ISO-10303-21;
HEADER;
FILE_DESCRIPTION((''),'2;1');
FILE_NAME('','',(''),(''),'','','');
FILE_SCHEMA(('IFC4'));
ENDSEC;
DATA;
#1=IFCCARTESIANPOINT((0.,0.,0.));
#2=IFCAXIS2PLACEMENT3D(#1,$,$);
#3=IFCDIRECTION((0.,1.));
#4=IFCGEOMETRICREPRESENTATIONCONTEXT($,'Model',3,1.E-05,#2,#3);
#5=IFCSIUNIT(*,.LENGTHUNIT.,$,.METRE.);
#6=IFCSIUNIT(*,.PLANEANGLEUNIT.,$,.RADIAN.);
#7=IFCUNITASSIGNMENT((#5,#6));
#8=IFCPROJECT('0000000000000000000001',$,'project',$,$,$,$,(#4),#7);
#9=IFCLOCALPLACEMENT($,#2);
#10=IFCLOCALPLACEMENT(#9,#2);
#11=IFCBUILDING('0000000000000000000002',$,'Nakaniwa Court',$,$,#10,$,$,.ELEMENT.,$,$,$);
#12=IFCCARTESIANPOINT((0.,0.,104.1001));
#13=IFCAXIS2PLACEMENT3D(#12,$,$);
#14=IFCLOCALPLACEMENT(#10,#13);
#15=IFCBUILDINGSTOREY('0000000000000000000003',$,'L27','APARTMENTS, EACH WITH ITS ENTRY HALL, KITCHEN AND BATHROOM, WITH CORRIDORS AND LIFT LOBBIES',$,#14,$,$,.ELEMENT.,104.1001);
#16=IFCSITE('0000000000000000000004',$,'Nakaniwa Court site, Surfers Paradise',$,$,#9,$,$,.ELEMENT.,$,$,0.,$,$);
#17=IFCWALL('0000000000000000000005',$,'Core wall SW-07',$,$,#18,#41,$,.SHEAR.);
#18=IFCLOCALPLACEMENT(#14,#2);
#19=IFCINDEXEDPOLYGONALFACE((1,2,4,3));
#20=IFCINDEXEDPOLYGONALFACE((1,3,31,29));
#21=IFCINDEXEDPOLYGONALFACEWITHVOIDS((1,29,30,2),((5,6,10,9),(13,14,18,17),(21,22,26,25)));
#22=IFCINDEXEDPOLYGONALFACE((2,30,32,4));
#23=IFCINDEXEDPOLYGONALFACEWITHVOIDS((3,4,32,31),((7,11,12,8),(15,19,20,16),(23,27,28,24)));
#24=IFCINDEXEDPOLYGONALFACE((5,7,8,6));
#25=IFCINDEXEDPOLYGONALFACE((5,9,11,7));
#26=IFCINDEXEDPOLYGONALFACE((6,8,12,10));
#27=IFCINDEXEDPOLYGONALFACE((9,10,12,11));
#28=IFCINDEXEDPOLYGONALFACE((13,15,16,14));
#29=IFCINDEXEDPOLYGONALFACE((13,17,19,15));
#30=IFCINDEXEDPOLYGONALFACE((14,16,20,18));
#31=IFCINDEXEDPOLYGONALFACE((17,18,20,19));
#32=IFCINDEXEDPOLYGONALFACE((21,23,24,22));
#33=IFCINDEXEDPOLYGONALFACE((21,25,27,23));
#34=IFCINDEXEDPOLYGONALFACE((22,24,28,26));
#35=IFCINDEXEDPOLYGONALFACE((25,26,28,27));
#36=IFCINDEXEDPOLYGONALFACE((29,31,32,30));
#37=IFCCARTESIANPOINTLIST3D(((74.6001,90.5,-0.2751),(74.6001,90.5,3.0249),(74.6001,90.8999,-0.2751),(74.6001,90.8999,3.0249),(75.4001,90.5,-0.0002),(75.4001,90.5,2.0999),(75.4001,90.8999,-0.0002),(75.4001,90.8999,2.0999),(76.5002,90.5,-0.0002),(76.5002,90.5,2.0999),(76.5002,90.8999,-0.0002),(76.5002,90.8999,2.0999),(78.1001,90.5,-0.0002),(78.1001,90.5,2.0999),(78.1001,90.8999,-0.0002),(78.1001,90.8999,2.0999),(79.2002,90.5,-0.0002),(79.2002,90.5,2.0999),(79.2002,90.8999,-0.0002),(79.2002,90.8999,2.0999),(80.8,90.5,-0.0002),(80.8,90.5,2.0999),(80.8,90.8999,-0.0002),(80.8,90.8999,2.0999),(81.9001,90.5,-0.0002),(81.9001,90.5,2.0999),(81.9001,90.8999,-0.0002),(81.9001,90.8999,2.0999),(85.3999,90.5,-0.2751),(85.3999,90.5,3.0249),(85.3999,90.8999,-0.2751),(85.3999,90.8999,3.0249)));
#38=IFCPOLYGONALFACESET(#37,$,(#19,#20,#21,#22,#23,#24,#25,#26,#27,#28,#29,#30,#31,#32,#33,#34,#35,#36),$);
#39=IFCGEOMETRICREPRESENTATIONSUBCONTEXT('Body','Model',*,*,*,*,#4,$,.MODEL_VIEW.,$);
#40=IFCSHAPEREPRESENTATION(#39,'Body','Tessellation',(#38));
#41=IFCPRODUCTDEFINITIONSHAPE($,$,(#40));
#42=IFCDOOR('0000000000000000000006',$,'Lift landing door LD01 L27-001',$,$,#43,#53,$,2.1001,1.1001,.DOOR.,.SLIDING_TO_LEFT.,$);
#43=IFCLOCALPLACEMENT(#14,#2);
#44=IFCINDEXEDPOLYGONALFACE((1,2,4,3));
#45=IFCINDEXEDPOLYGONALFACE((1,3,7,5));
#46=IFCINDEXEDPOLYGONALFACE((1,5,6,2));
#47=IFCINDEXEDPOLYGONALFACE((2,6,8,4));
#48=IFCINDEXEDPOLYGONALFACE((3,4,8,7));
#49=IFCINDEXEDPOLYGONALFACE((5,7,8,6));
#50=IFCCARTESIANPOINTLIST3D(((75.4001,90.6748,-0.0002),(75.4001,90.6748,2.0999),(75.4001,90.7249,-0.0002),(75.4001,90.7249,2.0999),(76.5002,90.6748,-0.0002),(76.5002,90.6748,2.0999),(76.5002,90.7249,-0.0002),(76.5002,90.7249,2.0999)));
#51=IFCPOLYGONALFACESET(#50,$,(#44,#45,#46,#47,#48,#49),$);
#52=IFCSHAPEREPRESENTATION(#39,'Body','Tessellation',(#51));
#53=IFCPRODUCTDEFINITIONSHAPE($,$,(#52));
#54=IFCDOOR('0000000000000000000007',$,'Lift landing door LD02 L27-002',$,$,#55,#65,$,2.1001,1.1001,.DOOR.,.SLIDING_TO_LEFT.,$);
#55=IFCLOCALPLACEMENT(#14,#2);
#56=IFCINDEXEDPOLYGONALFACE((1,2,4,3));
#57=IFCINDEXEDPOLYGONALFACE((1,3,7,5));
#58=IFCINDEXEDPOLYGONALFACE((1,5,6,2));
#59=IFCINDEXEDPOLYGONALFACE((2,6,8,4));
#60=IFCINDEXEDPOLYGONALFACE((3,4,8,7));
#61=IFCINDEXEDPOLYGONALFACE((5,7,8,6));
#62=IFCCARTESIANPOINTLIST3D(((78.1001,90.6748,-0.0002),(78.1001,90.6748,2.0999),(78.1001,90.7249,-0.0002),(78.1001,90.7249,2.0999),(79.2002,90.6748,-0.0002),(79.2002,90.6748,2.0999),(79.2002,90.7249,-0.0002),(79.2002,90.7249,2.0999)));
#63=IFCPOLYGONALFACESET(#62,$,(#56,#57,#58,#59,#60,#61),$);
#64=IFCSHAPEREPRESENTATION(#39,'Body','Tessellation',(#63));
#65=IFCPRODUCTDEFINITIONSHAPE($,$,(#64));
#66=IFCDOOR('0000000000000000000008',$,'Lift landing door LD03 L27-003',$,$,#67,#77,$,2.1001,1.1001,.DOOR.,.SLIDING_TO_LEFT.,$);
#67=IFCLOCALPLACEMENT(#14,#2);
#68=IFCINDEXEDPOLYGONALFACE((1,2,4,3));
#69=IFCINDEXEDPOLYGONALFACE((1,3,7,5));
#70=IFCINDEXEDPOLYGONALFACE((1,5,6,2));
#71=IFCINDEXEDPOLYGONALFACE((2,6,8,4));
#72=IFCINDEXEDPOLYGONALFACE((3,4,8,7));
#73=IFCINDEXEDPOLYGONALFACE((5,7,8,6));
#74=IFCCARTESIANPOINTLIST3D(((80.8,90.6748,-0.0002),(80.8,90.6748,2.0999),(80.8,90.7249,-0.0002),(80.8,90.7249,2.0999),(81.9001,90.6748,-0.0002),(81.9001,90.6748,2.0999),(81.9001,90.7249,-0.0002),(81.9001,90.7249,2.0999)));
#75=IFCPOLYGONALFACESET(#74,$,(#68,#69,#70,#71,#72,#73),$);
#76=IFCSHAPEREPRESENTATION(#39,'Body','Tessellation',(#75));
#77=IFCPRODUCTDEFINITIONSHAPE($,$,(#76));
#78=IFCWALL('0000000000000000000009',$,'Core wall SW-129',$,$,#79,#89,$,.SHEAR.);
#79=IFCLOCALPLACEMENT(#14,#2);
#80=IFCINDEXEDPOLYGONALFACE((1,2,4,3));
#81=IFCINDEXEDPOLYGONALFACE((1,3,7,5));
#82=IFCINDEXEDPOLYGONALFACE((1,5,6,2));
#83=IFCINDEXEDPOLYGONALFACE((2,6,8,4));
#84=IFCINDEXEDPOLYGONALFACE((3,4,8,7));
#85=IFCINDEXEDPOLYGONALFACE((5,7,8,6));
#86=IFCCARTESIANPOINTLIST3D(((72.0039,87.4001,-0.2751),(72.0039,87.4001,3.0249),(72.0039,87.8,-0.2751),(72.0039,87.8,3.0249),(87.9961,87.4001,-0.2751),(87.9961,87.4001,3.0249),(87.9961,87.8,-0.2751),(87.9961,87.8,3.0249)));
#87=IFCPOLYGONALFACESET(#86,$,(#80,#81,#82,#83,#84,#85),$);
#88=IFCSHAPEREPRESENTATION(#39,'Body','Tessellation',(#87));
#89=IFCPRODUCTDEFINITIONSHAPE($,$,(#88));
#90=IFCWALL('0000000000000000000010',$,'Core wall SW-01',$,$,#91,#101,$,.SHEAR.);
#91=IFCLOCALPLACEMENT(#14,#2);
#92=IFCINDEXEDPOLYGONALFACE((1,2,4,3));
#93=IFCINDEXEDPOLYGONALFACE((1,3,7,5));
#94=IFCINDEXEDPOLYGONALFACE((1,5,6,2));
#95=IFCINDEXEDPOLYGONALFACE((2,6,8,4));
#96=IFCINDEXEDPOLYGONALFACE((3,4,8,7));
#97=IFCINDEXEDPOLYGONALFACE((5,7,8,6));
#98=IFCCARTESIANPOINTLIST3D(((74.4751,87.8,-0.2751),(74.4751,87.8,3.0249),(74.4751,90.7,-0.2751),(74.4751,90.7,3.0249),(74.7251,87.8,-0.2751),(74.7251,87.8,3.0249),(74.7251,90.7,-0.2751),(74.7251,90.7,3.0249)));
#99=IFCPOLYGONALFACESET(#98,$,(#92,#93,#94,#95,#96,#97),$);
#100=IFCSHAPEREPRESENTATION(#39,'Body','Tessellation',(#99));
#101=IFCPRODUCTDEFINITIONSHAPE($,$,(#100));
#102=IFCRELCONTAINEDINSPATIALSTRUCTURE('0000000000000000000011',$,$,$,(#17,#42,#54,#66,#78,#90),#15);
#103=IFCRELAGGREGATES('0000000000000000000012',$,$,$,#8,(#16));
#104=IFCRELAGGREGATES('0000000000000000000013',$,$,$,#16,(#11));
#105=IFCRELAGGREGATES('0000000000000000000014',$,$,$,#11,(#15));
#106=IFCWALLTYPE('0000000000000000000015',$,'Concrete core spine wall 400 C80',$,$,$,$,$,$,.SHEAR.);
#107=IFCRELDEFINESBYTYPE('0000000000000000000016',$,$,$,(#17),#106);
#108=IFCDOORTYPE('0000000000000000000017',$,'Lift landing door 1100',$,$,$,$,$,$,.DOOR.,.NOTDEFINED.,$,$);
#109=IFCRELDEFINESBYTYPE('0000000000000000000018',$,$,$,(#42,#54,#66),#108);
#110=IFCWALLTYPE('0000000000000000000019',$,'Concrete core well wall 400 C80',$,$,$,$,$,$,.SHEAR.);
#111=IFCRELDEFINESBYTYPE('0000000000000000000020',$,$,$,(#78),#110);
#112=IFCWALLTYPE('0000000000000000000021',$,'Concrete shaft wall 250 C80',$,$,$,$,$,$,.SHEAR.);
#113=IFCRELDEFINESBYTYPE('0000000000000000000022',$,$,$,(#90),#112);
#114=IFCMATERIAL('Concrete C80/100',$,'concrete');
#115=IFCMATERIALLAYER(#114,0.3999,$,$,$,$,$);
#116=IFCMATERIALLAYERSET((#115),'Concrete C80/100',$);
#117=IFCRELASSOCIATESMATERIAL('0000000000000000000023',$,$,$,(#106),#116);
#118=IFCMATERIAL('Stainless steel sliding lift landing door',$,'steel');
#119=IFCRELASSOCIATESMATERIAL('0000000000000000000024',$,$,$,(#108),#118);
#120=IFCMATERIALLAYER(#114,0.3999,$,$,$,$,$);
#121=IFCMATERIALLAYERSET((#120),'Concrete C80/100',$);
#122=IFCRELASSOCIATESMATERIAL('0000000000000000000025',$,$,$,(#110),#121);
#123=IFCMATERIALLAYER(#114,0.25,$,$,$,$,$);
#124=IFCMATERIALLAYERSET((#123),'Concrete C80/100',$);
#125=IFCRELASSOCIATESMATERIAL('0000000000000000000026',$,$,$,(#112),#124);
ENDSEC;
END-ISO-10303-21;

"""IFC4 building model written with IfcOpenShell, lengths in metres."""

from ifc_helpers import new_model, si_unit, direction, frame, frame_2d, origin, place, context, subcontext, project, spatial, rectangle, extrude, material, layer, layer_set, type_object, element, fill, save


model = new_model("IFC4")

# Units and contexts
model_context = context("Model", 3, precision=1e-05, world=origin(), true_north=direction((0.0, 1.0)))
body_context = subcontext(model_context, "Body", "Model", "MODEL_VIEW")
ifc_project = project(units=[si_unit("LENGTHUNIT", "METRE"), si_unit("PLANEANGLEUNIT", "RADIAN")], contexts=[model_context])

# Site, building, storey
site_placement = place(None, origin())
site = spatial("IfcSite", under=ifc_project, at=site_placement, Name="Nakaniwa Court site, Surfers Paradise", CompositionType="ELEMENT", RefElevation=0.0)
building_placement = place(site_placement, origin())
building = spatial("IfcBuilding", under=site, at=building_placement, Name="Nakaniwa Court", CompositionType="ELEMENT")
storey_placement = place(building_placement, frame((0.0, 0.0, 104.1001)))
storey = spatial("IfcBuildingStorey", under=building, at=storey_placement, Name="L27", Description="APARTMENTS, EACH WITH ITS ENTRY HALL, KITCHEN AND BATHROOM, WITH CORRIDORS AND LIFT LOBBIES", CompositionType="ELEMENT", Elevation=104.1001)

# Shared definitions
ifc_material_1 = material(Name="Concrete C80/100", Category="concrete")

# Wall, openings, doors
ifc_layer_1 = layer(ifc_material_1, 0.3999)
ifc_layer_set_1 = layer_set([ifc_layer_1], Name="Concrete C80/100")
wall_type_1 = type_object("IfcWallType", Name="Concrete core spine wall 400 C80", PredefinedType="SHEAR", material=ifc_layer_set_1)
wall_1_placement = place(storey_placement, frame((74.6001, 90.7, -0.2751), z_axis=(0.0, 0.0, 1.0), x_axis=(1.0, 0.0, 0.0)))
wall_1 = element("IfcWall", 1, at=wall_1_placement, inside=storey, type_object=wall_type_1, Name="Core wall SW-07", PredefinedType="SHEAR", context=body_context, shape_type="SweptSolid", body=[
    extrude(rectangle(XDim=10.7998, YDim=0.3999, at=frame_2d((5.3999, 0.0))), origin(), (0.0, 0.0, 1.0), 3.3),
])
opening_1_placement = place(wall_1_placement, frame((0.8, 0.0, 0.2749)))
opening_1 = element("IfcOpeningElement", 2, at=opening_1_placement, cuts=wall_1, PredefinedType="OPENING", context=body_context, shape_type="SweptSolid", body=[
    extrude(rectangle(XDim=1.1001, YDim=2.1001, at=frame_2d((0.55, 1.05))), frame((0.0, 0.21, 0.0), z_axis=(0.0, -1.0, 0.0), x_axis=(1.0, 0.0, 0.0)), (0.0, 0.0, 1.0), 0.4199),
])
opening_2_placement = place(wall_1_placement, frame((3.5, 0.0, 0.2749)))
opening_2 = element("IfcOpeningElement", 3, at=opening_2_placement, cuts=wall_1, PredefinedType="OPENING", context=body_context, shape_type="SweptSolid", body=[
    extrude(rectangle(XDim=1.1001, YDim=2.1001, at=frame_2d((0.55, 1.05))), frame((0.0, 0.21, 0.0), z_axis=(0.0, -1.0, 0.0), x_axis=(1.0, 0.0, 0.0)), (0.0, 0.0, 1.0), 0.4199),
])
opening_3_placement = place(wall_1_placement, frame((6.2, 0.0, 0.2749)))
opening_3 = element("IfcOpeningElement", 4, at=opening_3_placement, cuts=wall_1, PredefinedType="OPENING", context=body_context, shape_type="SweptSolid", body=[
    extrude(rectangle(XDim=1.1001, YDim=2.1001, at=frame_2d((0.55, 1.05))), frame((0.0, 0.21, 0.0), z_axis=(0.0, -1.0, 0.0), x_axis=(1.0, 0.0, 0.0)), (0.0, 0.0, 1.0), 0.4199),
])
ifc_material_2 = material(Name="Stainless steel sliding lift landing door", Category="steel")
door_type_1 = type_object("IfcDoorType", Name="Lift landing door 1100", OperationType="NOTDEFINED", PredefinedType="DOOR", material=ifc_material_2)
door_1_placement = place(opening_1_placement, origin())
door_1 = element("IfcDoor", 5, at=door_1_placement, inside=storey, type_object=door_type_1, Name="Lift landing door LD01 L27-001", OperationType="SLIDING_TO_LEFT", OverallHeight=2.1001, OverallWidth=1.1001, PredefinedType="DOOR", context=body_context, shape_type="SweptSolid", body=[
    extrude(rectangle(XDim=1.1001, YDim=2.1001, at=frame_2d((0.55, 1.05))), frame((0.0, 0.0249, 0.0), z_axis=(0.0, -1.0, 0.0), x_axis=(1.0, 0.0, 0.0)), (0.0, 0.0, 1.0), 0.05),
])
fill(opening_1, door_1)
door_2_placement = place(opening_2_placement, origin())
door_2 = element("IfcDoor", 6, at=door_2_placement, inside=storey, type_object=door_type_1, Name="Lift landing door LD02 L27-002", OperationType="SLIDING_TO_LEFT", OverallHeight=2.1001, OverallWidth=1.1001, PredefinedType="DOOR", context=body_context, shape_type="SweptSolid", body=[
    extrude(rectangle(XDim=1.1001, YDim=2.1001, at=frame_2d((0.55, 1.05))), frame((0.0, 0.0249, 0.0), z_axis=(0.0, -1.0, 0.0), x_axis=(1.0, 0.0, 0.0)), (0.0, 0.0, 1.0), 0.05),
])
fill(opening_2, door_2)
door_3_placement = place(opening_3_placement, origin())
door_3 = element("IfcDoor", 7, at=door_3_placement, inside=storey, type_object=door_type_1, Name="Lift landing door LD03 L27-003", OperationType="SLIDING_TO_LEFT", OverallHeight=2.1001, OverallWidth=1.1001, PredefinedType="DOOR", context=body_context, shape_type="SweptSolid", body=[
    extrude(rectangle(XDim=1.1001, YDim=2.1001, at=frame_2d((0.55, 1.05))), frame((0.0, 0.0249, 0.0), z_axis=(0.0, -1.0, 0.0), x_axis=(1.0, 0.0, 0.0)), (0.0, 0.0, 1.0), 0.05),
])
fill(opening_3, door_3)

# Walls
ifc_layer_2 = layer(ifc_material_1, 0.3999)
ifc_layer_set_2 = layer_set([ifc_layer_2], Name="Concrete C80/100")
wall_type_2 = type_object("IfcWallType", Name="Concrete core well wall 400 C80", PredefinedType="SHEAR", material=ifc_layer_set_2)
wall_2_placement = place(storey_placement, frame((72.0039, 87.6001, -0.2751), z_axis=(0.0, 0.0, 1.0), x_axis=(1.0, 0.0, 0.0)))
element("IfcWall", 8, at=wall_2_placement, inside=storey, type_object=wall_type_2, Name="Core wall SW-129", PredefinedType="SHEAR", context=body_context, shape_type="SweptSolid", body=[
    extrude(rectangle(XDim=15.9922, YDim=0.3999, at=frame_2d((7.9961, 0.0))), origin(), (0.0, 0.0, 1.0), 3.3),
])
ifc_layer_3 = layer(ifc_material_1, 0.25)
ifc_layer_set_3 = layer_set([ifc_layer_3], Name="Concrete C80/100")
wall_type_3 = type_object("IfcWallType", Name="Concrete shaft wall 250 C80", PredefinedType="SHEAR", material=ifc_layer_set_3)
wall_3_placement = place(storey_placement, frame((74.6001, 87.8, -0.2751), z_axis=(0.0, 0.0, 1.0), x_axis=(0.0, 1.0, 0.0)))
element("IfcWall", 9, at=wall_3_placement, inside=storey, type_object=wall_type_3, Name="Core wall SW-01", PredefinedType="SHEAR", context=body_context, shape_type="SweptSolid", body=[
    extrude(rectangle(XDim=2.8999, YDim=0.25, at=frame_2d((1.45, 0.0))), origin(), (0.0, 0.0, 1.0), 3.3),
])

save(model, "model.ifc")
